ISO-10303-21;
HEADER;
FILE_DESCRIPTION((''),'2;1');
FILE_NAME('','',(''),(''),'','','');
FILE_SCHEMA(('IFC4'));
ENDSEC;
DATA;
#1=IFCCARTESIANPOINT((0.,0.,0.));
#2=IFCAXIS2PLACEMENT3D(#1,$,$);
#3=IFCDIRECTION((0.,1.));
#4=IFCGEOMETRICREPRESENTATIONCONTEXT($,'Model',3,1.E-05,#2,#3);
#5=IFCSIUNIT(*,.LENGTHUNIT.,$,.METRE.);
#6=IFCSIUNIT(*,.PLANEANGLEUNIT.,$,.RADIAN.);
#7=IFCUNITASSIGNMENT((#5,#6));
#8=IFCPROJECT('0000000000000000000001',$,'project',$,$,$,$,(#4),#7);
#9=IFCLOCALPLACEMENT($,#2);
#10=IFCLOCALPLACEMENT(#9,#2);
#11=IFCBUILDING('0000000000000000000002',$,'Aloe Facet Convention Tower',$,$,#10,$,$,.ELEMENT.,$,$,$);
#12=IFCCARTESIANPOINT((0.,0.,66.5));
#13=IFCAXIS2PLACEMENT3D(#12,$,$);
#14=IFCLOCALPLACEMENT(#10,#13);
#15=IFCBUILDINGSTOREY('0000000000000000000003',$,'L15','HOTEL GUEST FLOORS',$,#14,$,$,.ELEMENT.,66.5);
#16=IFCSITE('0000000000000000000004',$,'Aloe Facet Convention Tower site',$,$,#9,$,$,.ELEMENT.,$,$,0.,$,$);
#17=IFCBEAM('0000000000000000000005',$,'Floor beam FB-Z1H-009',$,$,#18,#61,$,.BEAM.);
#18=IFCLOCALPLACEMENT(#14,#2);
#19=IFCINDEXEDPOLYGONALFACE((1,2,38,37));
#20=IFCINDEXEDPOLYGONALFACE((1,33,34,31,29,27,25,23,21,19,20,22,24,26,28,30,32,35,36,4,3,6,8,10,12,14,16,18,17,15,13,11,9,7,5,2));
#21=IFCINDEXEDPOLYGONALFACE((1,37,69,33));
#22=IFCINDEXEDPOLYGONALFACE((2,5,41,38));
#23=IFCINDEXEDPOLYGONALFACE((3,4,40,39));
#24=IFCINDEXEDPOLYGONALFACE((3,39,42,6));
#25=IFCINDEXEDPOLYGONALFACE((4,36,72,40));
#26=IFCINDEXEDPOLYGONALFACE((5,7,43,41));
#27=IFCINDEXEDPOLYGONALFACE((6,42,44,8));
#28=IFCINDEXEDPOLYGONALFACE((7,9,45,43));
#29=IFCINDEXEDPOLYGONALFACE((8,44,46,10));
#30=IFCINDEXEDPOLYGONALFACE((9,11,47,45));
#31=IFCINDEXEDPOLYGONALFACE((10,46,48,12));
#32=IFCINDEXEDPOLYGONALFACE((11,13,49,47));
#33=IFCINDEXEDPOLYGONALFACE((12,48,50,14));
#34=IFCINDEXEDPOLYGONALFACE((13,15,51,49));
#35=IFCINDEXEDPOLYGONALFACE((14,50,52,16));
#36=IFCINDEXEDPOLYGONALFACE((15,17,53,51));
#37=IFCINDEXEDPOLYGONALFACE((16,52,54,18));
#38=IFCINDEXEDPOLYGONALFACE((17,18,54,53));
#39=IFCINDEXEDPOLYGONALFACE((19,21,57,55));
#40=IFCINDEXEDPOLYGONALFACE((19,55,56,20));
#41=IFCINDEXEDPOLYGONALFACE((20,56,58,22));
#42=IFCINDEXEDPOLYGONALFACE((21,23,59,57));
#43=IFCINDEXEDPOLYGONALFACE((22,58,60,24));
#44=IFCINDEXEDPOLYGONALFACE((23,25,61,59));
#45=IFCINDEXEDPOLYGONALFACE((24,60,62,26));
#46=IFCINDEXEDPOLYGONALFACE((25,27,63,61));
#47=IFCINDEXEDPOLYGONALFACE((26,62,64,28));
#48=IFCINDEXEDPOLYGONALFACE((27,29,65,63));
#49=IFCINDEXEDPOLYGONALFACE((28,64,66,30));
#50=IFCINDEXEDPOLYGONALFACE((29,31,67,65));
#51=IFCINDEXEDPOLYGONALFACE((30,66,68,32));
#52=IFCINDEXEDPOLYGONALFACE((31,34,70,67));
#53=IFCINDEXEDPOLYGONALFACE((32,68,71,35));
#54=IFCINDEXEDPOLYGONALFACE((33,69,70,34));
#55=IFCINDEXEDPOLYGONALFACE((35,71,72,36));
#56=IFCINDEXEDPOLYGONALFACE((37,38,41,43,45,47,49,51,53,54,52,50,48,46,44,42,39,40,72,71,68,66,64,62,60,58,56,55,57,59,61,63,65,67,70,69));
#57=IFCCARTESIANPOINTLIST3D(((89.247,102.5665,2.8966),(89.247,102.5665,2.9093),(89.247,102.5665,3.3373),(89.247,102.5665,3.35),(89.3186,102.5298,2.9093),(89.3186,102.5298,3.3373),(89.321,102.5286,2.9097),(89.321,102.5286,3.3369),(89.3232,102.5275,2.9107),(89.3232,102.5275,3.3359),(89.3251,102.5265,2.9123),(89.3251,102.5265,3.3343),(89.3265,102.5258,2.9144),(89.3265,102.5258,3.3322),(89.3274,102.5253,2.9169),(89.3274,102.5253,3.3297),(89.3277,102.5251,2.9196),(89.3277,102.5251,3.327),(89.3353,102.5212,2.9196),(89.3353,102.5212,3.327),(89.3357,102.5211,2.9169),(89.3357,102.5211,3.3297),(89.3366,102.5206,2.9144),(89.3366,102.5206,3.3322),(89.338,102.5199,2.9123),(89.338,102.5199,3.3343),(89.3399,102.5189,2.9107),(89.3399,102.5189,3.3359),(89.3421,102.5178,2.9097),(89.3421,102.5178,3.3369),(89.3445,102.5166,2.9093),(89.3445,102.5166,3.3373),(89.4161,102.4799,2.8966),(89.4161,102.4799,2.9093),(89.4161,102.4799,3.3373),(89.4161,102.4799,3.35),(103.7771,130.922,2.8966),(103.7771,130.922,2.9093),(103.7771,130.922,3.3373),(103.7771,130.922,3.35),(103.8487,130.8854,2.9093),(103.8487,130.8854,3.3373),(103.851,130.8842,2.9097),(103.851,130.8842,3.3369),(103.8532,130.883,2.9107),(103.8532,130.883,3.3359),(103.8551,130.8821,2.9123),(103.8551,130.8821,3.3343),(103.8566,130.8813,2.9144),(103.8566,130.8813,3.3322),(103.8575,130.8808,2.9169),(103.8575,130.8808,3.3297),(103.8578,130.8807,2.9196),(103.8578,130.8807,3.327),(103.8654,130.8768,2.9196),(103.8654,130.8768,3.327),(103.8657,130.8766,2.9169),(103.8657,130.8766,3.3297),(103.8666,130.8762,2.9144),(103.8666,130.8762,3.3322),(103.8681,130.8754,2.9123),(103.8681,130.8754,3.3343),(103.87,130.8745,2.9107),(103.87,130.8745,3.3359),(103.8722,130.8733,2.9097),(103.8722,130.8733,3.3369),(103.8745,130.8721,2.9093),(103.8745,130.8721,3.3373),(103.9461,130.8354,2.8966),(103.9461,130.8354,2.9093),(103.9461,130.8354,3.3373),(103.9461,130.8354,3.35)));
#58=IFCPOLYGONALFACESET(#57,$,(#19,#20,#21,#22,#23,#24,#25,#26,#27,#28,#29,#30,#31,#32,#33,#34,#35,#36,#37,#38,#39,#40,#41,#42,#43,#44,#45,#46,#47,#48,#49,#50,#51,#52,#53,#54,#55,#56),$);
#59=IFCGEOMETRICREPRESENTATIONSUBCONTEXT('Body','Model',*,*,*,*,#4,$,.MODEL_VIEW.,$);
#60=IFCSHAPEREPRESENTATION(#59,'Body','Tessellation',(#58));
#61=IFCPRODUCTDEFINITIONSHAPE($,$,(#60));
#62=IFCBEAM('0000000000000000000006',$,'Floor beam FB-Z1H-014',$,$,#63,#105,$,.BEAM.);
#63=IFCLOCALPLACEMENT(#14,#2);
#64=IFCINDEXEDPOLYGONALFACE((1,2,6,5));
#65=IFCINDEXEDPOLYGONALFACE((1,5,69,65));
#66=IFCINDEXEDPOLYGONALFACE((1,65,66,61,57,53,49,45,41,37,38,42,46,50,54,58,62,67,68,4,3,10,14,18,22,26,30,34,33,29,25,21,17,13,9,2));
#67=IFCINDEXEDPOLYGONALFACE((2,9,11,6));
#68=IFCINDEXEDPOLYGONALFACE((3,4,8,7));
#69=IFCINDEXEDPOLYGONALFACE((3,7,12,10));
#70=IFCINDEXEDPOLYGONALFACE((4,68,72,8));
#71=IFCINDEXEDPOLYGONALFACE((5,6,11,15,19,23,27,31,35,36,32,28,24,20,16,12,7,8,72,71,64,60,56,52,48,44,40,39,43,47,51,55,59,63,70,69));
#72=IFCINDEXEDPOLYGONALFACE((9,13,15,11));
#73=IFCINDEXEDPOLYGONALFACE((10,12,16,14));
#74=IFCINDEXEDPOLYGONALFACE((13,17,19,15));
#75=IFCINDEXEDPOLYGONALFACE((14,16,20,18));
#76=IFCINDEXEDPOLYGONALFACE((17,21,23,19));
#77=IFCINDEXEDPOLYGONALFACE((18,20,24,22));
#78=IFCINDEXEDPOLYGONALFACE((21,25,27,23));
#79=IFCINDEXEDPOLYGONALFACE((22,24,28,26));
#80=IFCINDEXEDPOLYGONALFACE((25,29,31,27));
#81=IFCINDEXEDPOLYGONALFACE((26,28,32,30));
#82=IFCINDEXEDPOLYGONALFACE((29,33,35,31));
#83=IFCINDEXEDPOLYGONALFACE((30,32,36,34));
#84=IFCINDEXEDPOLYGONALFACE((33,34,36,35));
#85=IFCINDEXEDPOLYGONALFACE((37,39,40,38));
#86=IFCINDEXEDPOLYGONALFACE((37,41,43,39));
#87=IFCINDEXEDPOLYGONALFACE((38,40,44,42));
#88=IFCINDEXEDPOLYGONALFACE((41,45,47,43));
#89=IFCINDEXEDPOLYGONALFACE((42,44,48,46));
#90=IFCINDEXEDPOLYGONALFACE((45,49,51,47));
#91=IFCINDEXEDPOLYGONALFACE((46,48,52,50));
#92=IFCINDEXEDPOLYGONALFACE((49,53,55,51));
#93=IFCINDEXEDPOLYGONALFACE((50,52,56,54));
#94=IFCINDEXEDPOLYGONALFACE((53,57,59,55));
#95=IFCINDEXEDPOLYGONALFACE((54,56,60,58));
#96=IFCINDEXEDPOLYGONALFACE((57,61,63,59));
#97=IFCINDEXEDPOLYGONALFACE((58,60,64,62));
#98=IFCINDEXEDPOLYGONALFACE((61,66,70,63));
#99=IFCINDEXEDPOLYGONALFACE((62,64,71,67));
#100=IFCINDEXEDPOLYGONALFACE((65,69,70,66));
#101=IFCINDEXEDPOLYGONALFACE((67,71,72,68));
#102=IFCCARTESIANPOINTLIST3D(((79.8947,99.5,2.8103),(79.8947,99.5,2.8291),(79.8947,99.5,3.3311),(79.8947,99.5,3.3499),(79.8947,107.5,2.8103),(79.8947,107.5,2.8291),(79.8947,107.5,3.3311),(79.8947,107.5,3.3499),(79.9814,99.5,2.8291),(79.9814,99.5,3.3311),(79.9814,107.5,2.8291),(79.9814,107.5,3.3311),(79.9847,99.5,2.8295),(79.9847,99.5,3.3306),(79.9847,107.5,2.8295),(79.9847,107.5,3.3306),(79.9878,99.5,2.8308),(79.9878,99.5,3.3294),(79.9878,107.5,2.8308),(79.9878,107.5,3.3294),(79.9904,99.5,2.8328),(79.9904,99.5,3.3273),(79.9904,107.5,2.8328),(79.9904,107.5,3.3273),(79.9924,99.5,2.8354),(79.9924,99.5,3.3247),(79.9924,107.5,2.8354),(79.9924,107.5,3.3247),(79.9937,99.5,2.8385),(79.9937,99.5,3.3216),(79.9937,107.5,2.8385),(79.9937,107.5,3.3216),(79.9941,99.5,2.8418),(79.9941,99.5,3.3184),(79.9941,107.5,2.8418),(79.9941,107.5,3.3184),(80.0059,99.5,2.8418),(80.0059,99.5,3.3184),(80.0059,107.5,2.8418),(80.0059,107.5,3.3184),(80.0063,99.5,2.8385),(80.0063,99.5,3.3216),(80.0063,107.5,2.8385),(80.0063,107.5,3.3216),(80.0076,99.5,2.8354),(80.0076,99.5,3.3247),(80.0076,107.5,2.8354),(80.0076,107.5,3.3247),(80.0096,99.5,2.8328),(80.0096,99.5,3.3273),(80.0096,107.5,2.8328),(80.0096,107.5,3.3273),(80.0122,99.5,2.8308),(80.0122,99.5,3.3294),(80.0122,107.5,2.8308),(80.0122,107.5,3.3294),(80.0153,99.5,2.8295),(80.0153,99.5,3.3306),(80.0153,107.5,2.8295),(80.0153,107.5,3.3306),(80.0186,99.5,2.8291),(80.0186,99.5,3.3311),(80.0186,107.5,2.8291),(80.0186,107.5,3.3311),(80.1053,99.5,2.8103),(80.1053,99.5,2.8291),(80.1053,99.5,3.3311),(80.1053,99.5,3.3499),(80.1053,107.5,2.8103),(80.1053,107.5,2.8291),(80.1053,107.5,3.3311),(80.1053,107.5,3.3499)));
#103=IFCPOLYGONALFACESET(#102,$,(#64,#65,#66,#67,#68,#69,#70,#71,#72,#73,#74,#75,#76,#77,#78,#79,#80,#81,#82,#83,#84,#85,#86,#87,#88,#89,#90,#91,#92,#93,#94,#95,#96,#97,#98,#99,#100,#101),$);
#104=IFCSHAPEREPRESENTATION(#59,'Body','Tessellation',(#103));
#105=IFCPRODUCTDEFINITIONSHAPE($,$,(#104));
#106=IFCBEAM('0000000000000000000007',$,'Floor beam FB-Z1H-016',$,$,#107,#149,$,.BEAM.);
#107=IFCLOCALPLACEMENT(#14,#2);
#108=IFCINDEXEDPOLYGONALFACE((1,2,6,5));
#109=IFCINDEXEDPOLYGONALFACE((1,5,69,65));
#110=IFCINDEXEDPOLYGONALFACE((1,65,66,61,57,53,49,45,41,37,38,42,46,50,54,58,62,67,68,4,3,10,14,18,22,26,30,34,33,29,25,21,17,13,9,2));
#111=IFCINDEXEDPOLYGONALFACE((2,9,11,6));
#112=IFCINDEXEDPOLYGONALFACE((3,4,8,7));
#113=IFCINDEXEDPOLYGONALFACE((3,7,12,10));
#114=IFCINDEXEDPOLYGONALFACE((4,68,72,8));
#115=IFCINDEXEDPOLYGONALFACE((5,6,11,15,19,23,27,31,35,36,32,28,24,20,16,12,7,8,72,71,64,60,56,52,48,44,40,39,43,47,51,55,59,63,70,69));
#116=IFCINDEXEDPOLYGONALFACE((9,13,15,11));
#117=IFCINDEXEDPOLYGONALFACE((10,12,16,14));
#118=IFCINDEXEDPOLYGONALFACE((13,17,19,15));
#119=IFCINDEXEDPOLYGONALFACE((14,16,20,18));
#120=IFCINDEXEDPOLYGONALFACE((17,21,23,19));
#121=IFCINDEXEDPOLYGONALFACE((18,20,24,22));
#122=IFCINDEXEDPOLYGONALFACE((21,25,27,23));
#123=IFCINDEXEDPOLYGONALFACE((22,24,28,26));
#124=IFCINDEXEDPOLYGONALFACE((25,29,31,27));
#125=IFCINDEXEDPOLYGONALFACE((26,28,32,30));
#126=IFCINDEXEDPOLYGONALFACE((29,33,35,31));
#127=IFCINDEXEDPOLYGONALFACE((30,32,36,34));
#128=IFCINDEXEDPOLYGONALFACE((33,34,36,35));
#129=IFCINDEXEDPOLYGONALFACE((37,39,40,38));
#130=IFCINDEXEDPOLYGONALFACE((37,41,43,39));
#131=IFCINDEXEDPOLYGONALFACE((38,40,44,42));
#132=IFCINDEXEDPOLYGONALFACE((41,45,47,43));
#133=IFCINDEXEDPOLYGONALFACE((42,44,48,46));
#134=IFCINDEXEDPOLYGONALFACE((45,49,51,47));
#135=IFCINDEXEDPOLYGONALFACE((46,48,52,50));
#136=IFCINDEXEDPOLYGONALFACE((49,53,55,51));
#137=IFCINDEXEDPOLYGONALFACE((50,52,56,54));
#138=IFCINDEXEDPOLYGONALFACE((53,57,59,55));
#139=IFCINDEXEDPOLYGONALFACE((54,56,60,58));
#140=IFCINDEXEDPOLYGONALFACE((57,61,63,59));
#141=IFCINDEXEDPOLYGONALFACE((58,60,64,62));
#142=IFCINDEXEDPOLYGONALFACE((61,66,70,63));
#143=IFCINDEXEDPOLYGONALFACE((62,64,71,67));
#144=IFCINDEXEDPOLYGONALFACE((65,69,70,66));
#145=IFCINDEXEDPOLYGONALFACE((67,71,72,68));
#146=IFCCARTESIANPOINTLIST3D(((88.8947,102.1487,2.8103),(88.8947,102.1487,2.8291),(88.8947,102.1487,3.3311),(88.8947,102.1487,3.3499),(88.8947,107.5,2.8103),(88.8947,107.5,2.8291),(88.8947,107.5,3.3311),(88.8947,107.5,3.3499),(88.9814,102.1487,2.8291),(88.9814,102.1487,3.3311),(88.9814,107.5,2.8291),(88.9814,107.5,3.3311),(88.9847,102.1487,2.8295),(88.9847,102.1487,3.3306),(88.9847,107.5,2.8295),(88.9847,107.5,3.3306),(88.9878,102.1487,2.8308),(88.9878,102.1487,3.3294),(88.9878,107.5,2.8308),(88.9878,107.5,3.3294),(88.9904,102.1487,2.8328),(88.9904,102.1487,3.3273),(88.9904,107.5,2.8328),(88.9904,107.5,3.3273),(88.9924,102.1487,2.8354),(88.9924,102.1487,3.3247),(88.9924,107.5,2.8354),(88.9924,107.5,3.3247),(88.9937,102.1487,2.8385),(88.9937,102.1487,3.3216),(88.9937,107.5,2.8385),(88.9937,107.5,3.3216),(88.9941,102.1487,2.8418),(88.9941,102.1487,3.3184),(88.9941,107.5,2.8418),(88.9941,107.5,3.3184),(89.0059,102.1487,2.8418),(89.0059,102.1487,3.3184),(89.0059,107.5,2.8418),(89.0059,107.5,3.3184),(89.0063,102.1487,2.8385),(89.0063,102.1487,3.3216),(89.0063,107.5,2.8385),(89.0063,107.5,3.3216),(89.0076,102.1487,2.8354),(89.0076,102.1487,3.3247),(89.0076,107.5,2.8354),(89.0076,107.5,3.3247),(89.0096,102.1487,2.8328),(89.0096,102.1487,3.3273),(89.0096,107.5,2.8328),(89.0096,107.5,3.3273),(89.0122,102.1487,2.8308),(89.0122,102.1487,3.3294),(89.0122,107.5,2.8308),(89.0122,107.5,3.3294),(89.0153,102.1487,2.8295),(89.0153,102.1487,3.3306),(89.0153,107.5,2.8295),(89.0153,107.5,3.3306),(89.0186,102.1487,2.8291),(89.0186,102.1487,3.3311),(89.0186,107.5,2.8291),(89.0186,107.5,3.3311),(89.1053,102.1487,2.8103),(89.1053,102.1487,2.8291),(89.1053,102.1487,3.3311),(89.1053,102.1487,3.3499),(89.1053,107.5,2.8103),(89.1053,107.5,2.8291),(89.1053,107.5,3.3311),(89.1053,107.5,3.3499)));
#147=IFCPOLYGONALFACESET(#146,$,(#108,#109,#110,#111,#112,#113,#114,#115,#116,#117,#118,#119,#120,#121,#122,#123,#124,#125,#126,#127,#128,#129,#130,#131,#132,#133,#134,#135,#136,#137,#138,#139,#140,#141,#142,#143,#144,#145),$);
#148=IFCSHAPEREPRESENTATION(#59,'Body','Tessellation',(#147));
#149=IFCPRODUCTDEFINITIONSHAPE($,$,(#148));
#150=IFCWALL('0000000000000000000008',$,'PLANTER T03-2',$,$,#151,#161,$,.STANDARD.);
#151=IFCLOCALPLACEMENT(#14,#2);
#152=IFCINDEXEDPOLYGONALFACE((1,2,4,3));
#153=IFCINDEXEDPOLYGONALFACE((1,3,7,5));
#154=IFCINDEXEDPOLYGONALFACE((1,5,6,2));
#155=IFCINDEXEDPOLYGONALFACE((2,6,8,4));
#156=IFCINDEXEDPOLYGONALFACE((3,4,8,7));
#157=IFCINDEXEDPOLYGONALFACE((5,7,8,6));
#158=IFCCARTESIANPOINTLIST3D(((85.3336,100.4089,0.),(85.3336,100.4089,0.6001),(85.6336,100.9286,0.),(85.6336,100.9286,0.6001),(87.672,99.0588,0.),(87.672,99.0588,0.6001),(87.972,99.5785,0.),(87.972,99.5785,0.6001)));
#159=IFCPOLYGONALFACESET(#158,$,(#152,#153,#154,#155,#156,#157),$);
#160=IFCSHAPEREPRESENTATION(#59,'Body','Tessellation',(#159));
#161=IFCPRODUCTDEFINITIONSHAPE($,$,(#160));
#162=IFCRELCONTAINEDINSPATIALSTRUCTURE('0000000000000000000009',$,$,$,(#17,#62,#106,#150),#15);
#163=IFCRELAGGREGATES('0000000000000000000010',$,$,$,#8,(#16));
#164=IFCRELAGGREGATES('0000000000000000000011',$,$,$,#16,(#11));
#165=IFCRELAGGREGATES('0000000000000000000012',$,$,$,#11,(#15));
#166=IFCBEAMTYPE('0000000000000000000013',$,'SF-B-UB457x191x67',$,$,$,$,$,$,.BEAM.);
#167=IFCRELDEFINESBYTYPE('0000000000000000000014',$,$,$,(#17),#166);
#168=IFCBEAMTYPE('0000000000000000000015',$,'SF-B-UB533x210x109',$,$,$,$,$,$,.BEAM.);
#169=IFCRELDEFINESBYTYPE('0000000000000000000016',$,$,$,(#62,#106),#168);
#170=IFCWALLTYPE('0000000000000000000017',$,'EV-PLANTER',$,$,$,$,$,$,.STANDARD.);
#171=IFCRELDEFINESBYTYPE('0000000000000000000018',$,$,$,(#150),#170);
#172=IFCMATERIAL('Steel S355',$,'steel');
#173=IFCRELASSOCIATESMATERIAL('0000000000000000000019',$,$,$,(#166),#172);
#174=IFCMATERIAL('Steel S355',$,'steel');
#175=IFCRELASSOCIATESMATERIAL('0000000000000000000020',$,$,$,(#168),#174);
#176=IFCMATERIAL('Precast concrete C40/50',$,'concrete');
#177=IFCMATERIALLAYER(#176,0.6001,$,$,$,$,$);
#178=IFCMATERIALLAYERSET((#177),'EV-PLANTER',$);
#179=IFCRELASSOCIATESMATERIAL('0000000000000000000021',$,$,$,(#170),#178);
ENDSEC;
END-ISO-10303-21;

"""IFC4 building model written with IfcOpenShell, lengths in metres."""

from ifc_helpers import new_model, si_unit, direction, frame, frame_2d, origin, origin_2d, place, context, subcontext, project, spatial, rectangle, i_section, extrude, material, layer, layer_set, material_profile, profile_set, type_object, element, save


model = new_model("IFC4")

# Units and contexts
model_context = context("Model", 3, precision=1e-05, world=origin(), true_north=direction((0.0, 1.0)))
body_context = subcontext(model_context, "Body", "Model", "MODEL_VIEW")
ifc_project = project(units=[si_unit("LENGTHUNIT", "METRE"), si_unit("PLANEANGLEUNIT", "RADIAN")], contexts=[model_context])

# Site, building, storey
site_placement = place(None, origin())
site = spatial("IfcSite", under=ifc_project, at=site_placement, Name="Aloe Facet Convention Tower site", CompositionType="ELEMENT", RefElevation=0.0)
building_placement = place(site_placement, origin())
building = spatial("IfcBuilding", under=site, at=building_placement, Name="Aloe Facet Convention Tower", CompositionType="ELEMENT")
storey_placement = place(building_placement, frame((0.0, 0.0, 66.5)))
storey = spatial("IfcBuildingStorey", under=building, at=storey_placement, Name="L15", Description="HOTEL GUEST FLOORS", CompositionType="ELEMENT", Elevation=66.5)

# Beams
ifc_material_1 = material(Name="Steel S355", Category="steel")
ifc_material_profile_1 = material_profile(ifc_material_1, i_section(OverallWidth=0.1899, OverallDepth=0.4534, WebThickness=0.0085, FlangeThickness=0.0127, FilletRadius=0.0103, at=origin_2d()), Name="UB 457x191x67")
ifc_profile_set_1 = profile_set([ifc_material_profile_1], Name="Steel S355")
beam_type_1 = type_object("IfcBeamType", Name="SF-B-UB457x191x67", PredefinedType="BEAM", material=ifc_profile_set_1)
beam_1_placement = place(storey_placement, frame((89.3315, 102.5232, 3.1233), z_axis=(0.456037, 0.889961, 0.0), x_axis=(-0.889961, 0.456037, 0.0)))
element("IfcBeam", 1, at=beam_1_placement, inside=storey, type_object=beam_type_1, Name="Floor beam FB-Z1H-009", PredefinedType="BEAM", context=body_context, shape_type="SweptSolid", body=[
    extrude(i_section(OverallWidth=0.1899, OverallDepth=0.4534, WebThickness=0.0085, FlangeThickness=0.0127, FilletRadius=0.0103, at=origin_2d()), origin(), (0.0, 0.0, 1.0), 31.8616),
])
ifc_material_2 = material(Name="Steel S355", Category="steel")
ifc_material_profile_2 = material_profile(ifc_material_2, i_section(OverallWidth=0.2107, OverallDepth=0.5396, WebThickness=0.0117, FlangeThickness=0.0188, FilletRadius=0.0127, at=origin_2d()), Name="UB 533x210x109")
ifc_profile_set_2 = profile_set([ifc_material_profile_2], Name="Steel S355")
beam_type_2 = type_object("IfcBeamType", Name="SF-B-UB533x210x109", PredefinedType="BEAM", material=ifc_profile_set_2)
beam_2_placement = place(storey_placement, frame((80.0, 107.5, 3.0801), z_axis=(0.0, -1.0, 0.0), x_axis=(1.0, 0.0, 0.0)))
element("IfcBeam", 2, at=beam_2_placement, inside=storey, type_object=beam_type_2, Name="Floor beam FB-Z1H-014", PredefinedType="BEAM", context=body_context, shape_type="SweptSolid", body=[
    extrude(i_section(OverallWidth=0.2107, OverallDepth=0.5396, WebThickness=0.0117, FlangeThickness=0.0188, FilletRadius=0.0127, at=origin_2d()), origin(), (0.0, 0.0, 1.0), 8.0),
])
beam_3_placement = place(storey_placement, frame((89.0, 107.5, 3.0801), z_axis=(0.0, -1.0, 0.0), x_axis=(1.0, 0.0, 0.0)))
element("IfcBeam", 3, at=beam_3_placement, inside=storey, type_object=beam_type_2, Name="Floor beam FB-Z1H-016", PredefinedType="BEAM", context=body_context, shape_type="SweptSolid", body=[
    extrude(i_section(OverallWidth=0.2107, OverallDepth=0.5396, WebThickness=0.0117, FlangeThickness=0.0188, FilletRadius=0.0127, at=origin_2d()), origin(), (0.0, 0.0, 1.0), 5.3513),
])

# Wall
ifc_material_3 = material(Name="Precast concrete C40/50", Category="concrete")
ifc_layer_1 = layer(ifc_material_3, 0.6001)
ifc_layer_set_1 = layer_set([ifc_layer_1], Name="EV-PLANTER")
wall_type_1 = type_object("IfcWallType", Name="EV-PLANTER", PredefinedType="STANDARD", material=ifc_layer_set_1)
wall_1_placement = place(storey_placement, frame((87.822, 99.3186, 0.0), z_axis=(0.0, 0.0, 1.0), x_axis=(-0.86602, 0.500009, 0.0)))
element("IfcWall", 4, at=wall_1_placement, inside=storey, type_object=wall_type_1, Name="PLANTER T03-2", PredefinedType="STANDARD", context=body_context, shape_type="SweptSolid", body=[
    extrude(rectangle(XDim=2.7002, YDim=0.6001, at=frame_2d((1.3501, 0.0))), origin(), (0.0, 0.0, 1.0), 0.6001),
])

save(model, "model.ifc")
